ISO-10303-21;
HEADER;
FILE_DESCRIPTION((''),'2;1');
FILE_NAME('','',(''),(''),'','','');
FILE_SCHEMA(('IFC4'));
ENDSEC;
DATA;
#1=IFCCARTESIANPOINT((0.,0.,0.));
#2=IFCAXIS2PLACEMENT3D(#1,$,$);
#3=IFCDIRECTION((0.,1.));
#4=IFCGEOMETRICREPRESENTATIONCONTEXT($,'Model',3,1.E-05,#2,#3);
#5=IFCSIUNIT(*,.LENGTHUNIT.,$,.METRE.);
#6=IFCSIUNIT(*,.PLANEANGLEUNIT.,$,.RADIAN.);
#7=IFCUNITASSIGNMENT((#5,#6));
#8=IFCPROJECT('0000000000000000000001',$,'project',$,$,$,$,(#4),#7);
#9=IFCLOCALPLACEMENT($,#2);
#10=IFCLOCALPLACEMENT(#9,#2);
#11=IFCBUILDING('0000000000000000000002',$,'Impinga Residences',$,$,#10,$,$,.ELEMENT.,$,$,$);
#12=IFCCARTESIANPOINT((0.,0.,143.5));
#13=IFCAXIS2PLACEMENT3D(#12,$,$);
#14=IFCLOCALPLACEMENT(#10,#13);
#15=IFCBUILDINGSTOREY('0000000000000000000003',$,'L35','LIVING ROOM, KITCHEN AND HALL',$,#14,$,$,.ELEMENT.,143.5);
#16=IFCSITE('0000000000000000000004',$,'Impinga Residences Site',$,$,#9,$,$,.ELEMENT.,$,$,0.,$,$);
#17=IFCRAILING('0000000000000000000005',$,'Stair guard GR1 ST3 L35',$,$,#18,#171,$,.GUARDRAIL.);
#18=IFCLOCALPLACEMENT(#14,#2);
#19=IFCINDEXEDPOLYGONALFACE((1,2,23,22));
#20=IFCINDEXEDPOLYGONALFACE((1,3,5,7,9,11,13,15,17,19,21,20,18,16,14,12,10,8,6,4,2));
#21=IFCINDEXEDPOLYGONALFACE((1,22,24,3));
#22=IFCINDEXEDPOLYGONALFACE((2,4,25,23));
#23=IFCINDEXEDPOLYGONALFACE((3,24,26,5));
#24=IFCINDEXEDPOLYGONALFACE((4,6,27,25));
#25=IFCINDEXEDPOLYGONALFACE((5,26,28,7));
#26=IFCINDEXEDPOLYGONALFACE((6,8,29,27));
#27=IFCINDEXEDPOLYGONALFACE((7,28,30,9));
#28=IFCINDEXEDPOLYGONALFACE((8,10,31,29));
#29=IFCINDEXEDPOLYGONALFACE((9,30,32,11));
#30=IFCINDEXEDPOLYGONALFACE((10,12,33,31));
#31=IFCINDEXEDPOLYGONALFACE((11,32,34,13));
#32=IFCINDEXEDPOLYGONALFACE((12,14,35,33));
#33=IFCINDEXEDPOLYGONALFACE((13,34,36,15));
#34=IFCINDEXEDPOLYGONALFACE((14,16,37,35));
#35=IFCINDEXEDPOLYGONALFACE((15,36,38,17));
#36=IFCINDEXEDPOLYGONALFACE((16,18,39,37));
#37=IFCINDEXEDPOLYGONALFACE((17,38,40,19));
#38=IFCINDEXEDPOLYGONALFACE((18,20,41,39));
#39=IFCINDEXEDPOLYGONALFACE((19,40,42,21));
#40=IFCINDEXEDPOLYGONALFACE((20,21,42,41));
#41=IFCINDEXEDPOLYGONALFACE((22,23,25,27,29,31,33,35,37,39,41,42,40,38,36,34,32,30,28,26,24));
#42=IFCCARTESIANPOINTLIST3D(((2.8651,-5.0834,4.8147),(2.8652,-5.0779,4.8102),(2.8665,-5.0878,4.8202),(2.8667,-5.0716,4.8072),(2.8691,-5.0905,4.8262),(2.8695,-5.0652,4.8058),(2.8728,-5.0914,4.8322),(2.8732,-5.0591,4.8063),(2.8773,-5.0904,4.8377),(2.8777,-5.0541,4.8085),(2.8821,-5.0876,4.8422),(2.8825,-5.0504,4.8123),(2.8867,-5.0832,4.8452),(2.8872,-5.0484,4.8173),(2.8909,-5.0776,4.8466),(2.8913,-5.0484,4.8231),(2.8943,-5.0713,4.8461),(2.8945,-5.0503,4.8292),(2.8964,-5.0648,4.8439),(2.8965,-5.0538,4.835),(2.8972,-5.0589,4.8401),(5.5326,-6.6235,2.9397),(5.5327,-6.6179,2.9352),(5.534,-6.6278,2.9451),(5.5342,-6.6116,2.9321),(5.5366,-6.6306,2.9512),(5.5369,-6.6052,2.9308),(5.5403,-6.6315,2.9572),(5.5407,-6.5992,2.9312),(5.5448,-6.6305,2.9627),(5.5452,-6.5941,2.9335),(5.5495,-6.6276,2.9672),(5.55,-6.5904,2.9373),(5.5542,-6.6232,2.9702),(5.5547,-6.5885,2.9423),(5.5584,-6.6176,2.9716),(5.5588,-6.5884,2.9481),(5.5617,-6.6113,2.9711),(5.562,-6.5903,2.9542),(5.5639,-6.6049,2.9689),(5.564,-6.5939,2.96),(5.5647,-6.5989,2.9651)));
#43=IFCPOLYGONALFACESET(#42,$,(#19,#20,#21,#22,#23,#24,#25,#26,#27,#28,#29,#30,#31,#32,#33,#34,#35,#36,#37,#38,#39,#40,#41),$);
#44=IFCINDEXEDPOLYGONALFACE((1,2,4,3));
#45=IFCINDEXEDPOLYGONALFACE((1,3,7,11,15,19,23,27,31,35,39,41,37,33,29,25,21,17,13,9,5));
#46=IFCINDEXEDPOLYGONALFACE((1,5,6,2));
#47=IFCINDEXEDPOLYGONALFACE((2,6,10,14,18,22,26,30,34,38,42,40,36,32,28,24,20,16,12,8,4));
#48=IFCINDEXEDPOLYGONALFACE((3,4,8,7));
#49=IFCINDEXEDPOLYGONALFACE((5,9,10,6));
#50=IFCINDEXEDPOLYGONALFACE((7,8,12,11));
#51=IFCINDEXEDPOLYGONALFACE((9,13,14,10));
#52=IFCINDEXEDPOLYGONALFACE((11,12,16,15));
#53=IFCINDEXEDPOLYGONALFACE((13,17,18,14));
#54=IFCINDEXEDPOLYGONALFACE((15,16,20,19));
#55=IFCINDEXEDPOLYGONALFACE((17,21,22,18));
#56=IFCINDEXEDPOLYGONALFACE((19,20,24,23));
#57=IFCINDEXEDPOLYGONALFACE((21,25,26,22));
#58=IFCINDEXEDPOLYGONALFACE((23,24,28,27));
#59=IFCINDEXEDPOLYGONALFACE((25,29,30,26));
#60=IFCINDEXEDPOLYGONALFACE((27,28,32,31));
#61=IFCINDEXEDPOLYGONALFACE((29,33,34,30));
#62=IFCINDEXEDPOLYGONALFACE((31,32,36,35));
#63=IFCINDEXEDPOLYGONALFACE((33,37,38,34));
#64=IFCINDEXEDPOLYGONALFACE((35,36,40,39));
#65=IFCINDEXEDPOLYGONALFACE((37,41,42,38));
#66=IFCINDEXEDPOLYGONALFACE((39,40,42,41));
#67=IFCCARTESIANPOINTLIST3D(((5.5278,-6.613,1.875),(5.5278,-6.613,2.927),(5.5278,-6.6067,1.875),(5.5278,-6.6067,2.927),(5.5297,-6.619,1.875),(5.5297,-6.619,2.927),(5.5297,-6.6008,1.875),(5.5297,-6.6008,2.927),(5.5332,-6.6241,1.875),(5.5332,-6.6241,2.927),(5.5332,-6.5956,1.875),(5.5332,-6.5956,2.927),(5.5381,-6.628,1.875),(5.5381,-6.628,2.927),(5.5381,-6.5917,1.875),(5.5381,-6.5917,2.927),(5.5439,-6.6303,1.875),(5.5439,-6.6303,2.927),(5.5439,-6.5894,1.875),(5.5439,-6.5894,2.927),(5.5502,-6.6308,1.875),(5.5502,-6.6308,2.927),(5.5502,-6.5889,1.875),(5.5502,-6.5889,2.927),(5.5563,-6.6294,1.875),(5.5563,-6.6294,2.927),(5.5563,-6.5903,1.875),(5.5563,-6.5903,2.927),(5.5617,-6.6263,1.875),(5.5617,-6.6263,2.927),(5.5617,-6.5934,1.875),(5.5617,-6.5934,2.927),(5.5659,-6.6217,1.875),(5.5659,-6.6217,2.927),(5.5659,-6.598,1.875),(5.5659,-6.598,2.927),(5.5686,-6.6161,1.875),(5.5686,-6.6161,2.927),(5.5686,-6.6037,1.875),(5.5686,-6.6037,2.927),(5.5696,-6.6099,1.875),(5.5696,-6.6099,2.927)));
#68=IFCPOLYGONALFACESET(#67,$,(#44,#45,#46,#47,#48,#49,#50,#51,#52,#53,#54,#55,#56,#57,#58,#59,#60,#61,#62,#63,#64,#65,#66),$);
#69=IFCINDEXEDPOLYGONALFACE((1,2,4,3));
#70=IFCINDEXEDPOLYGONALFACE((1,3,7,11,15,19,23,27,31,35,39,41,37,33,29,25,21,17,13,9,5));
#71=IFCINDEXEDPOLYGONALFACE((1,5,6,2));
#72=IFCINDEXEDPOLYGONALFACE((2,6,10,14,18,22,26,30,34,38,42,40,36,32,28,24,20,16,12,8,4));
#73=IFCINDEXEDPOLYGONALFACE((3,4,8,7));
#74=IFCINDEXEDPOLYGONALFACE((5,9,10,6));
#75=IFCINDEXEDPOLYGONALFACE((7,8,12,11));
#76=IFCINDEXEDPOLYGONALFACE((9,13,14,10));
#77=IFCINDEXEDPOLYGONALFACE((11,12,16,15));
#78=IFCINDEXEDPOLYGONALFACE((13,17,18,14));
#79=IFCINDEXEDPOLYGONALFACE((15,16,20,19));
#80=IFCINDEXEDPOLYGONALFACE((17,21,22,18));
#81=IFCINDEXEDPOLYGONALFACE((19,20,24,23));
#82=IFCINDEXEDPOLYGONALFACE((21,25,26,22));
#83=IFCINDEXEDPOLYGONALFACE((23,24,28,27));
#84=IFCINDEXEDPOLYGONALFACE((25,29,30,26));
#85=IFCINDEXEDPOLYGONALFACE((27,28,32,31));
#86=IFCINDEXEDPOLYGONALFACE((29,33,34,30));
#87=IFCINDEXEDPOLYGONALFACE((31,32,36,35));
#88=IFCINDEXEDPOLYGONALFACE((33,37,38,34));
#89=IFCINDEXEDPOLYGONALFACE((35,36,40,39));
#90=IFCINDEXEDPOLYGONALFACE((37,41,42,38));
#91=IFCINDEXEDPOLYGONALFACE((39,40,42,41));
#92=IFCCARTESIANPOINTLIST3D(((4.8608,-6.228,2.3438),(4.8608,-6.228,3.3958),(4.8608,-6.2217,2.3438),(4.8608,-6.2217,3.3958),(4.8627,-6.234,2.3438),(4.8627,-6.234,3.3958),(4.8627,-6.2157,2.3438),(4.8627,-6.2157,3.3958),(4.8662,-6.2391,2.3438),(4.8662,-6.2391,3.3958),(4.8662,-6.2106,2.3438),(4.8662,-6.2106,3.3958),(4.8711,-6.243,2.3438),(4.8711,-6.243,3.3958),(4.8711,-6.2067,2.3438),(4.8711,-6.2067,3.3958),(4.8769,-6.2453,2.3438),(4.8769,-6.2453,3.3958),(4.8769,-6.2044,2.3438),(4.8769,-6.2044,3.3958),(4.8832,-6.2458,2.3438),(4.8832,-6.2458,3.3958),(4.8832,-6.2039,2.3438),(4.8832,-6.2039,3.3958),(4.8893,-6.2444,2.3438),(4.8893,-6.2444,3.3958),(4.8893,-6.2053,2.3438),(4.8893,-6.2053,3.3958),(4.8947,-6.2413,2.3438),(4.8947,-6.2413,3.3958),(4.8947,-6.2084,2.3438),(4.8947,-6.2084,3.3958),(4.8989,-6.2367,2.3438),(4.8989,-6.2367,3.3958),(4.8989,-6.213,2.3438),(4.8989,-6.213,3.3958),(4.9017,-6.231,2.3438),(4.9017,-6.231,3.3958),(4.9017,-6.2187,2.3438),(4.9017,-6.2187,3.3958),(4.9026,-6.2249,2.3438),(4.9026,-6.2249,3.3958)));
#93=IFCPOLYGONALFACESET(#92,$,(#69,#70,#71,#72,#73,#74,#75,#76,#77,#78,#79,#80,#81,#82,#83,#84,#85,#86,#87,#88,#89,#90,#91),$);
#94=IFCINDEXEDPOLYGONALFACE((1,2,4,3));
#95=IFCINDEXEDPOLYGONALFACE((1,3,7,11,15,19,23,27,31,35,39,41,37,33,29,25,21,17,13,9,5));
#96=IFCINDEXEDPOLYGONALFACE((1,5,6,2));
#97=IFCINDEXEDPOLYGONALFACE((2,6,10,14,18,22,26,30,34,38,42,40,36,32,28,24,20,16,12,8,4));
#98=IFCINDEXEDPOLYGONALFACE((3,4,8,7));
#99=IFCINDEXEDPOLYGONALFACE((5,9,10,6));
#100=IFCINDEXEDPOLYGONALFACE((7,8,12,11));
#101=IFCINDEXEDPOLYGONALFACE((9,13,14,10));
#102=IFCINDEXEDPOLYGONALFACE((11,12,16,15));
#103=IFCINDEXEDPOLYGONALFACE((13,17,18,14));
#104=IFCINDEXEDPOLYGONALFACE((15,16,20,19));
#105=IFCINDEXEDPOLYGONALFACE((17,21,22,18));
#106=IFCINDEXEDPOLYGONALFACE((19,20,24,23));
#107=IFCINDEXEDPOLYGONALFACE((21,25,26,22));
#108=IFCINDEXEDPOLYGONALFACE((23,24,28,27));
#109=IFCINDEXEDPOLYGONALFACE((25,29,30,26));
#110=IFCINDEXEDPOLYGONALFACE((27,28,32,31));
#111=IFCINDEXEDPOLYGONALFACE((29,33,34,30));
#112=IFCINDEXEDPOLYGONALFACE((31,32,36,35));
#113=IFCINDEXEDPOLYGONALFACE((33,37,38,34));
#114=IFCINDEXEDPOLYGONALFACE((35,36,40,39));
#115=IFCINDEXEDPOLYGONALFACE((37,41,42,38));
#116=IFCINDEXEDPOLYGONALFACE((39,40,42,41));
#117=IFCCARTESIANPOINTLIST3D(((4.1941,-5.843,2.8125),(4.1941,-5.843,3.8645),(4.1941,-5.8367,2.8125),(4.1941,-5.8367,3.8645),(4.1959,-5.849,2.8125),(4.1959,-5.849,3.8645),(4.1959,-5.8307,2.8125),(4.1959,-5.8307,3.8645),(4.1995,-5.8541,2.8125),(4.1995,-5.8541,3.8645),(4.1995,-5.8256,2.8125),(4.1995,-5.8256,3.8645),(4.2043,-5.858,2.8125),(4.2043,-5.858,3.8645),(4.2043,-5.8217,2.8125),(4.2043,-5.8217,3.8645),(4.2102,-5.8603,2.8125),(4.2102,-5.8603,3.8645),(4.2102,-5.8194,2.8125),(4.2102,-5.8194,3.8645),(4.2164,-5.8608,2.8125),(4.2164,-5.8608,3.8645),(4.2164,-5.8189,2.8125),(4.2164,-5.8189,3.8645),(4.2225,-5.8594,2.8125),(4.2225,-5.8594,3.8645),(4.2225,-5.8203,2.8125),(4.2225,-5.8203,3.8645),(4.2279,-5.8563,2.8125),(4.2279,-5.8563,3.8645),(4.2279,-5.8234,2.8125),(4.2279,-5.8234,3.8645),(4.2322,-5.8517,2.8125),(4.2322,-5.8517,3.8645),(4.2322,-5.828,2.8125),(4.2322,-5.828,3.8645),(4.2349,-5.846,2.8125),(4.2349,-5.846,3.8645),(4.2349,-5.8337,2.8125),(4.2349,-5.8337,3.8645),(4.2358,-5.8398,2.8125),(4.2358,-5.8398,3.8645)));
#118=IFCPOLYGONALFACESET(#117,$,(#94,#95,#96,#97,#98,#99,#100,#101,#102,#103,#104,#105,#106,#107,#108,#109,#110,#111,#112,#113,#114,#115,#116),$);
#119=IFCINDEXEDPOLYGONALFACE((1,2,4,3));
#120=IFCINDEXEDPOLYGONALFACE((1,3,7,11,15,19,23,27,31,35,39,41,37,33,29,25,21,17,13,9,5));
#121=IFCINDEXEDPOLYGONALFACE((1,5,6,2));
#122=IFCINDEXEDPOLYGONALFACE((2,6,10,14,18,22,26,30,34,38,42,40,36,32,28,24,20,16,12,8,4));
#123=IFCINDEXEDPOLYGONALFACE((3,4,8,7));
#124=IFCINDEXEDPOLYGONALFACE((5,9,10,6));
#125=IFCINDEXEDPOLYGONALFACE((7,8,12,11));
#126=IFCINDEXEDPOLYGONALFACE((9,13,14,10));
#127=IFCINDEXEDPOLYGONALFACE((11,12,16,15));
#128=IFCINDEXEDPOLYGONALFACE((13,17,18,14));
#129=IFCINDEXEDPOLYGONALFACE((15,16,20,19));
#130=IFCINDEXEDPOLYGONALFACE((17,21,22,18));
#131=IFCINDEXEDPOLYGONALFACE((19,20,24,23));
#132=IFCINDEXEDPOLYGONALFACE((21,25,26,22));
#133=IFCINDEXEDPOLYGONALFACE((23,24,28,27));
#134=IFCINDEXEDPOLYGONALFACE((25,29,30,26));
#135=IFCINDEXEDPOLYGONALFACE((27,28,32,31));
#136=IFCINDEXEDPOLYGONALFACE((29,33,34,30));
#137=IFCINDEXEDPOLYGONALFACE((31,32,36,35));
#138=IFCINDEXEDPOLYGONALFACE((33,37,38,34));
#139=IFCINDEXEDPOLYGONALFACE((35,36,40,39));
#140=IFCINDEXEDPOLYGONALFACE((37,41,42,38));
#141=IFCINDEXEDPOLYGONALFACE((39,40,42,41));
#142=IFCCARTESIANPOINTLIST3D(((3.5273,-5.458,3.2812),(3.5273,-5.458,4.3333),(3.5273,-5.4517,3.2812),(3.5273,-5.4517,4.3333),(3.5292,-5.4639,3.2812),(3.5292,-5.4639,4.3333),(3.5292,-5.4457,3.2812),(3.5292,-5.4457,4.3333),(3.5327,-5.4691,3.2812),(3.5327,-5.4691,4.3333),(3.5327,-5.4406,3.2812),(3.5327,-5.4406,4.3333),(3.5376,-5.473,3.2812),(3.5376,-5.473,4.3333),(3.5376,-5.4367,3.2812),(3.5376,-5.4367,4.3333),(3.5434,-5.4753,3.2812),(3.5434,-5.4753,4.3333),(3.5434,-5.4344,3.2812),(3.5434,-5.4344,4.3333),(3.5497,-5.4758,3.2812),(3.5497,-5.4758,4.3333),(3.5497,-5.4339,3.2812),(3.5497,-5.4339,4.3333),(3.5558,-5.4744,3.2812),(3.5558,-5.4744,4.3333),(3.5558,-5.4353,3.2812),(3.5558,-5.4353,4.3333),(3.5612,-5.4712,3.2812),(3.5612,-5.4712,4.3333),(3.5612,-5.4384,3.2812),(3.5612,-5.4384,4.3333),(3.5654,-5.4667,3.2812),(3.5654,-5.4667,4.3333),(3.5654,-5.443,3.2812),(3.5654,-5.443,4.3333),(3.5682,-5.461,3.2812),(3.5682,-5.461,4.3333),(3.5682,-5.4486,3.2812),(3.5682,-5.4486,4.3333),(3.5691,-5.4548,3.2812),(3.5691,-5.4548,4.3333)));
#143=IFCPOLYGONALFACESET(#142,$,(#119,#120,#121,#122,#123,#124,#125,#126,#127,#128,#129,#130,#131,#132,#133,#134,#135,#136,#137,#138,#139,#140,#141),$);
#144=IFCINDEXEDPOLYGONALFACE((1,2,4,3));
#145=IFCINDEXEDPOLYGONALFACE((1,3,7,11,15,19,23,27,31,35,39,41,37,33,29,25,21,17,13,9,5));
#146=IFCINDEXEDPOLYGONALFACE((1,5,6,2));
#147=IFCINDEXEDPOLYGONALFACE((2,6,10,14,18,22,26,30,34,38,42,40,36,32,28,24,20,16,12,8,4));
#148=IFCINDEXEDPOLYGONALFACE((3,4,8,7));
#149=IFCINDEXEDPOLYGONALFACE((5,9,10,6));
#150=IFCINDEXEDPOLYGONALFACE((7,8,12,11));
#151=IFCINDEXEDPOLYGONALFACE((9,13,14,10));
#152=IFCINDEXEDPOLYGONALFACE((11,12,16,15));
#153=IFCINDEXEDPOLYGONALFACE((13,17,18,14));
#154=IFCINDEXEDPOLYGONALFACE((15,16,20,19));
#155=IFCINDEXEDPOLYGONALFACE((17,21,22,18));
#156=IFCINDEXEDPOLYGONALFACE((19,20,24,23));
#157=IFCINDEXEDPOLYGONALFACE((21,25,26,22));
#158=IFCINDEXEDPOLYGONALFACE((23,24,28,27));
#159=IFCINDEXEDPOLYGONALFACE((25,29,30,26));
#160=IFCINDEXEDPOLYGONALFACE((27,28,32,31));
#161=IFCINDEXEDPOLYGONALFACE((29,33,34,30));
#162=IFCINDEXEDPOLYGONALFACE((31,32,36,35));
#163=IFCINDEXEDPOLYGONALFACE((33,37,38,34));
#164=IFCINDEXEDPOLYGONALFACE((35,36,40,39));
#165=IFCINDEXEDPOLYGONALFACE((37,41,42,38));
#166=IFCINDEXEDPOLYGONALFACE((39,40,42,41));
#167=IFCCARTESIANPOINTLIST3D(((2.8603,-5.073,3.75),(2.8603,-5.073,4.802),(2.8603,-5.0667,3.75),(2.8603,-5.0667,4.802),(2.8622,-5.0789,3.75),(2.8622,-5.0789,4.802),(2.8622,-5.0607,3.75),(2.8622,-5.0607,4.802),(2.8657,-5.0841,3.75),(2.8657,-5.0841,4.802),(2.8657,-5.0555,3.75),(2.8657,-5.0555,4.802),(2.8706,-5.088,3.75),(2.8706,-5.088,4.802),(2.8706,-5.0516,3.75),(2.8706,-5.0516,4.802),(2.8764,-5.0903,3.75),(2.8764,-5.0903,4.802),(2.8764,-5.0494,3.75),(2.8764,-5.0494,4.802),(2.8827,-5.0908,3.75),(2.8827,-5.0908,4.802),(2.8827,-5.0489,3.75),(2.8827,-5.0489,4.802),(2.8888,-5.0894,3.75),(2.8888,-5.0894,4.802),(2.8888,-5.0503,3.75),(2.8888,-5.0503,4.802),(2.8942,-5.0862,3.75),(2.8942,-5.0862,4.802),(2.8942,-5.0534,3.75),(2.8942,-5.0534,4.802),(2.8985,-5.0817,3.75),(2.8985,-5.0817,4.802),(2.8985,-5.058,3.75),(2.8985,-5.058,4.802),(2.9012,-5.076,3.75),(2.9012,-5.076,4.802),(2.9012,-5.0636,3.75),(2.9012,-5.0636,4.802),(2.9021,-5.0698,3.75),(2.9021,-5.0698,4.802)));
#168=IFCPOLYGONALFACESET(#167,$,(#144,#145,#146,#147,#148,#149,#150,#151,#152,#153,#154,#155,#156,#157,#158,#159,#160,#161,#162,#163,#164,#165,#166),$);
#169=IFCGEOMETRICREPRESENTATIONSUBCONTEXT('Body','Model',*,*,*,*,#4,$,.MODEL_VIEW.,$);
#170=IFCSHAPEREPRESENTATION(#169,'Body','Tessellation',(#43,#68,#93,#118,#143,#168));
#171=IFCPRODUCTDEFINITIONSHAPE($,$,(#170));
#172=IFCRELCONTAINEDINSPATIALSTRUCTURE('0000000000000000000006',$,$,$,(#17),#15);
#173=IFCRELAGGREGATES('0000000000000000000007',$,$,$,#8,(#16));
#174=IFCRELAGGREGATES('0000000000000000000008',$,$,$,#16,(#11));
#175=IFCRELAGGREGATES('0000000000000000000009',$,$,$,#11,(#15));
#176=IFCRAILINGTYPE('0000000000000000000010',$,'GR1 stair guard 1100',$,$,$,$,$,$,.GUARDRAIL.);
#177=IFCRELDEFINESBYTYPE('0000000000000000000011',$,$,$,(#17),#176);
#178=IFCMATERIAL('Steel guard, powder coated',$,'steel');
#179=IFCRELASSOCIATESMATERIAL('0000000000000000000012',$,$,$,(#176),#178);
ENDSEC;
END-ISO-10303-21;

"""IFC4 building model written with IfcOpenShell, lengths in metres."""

from ifc_helpers import new_model, si_unit, direction, frame, origin, origin_2d, place, context, subcontext, project, spatial, circle, extrude, material, type_object, element, save


model = new_model("IFC4")

# Units and contexts
model_context = context("Model", 3, precision=1e-05, world=origin(), true_north=direction((0.0, 1.0)))
body_context = subcontext(model_context, "Body", "Model", "MODEL_VIEW")
ifc_project = project(units=[si_unit("LENGTHUNIT", "METRE"), si_unit("PLANEANGLEUNIT", "RADIAN")], contexts=[model_context])

# Site, building, storey
site_placement = place(None, origin())
site = spatial("IfcSite", under=ifc_project, at=site_placement, Name="Impinga Residences Site", CompositionType="ELEMENT", RefElevation=0.0)
building_placement = place(site_placement, origin())
building = spatial("IfcBuilding", under=site, at=building_placement, Name="Impinga Residences", CompositionType="ELEMENT")
storey_placement = place(building_placement, frame((0.0, 0.0, 143.5)))
storey = spatial("IfcBuildingStorey", under=building, at=storey_placement, Name="L35", Description="LIVING ROOM, KITCHEN AND HALL", CompositionType="ELEMENT", Elevation=143.5)

# Railing
ifc_material_1 = material(Name="Steel guard, powder coated", Category="steel")
railing_type_1 = type_object("IfcRailingType", Name="GR1 stair guard 1100", PredefinedType="GUARDRAIL", material=ifc_material_1)
railing_1_placement = place(storey_placement, frame((5.5486, -6.6099, 1.875)))
element("IfcRailing", 1, at=railing_1_placement, inside=storey, type_object=railing_type_1, Name="Stair guard GR1 ST3 L35", PredefinedType="GUARDRAIL", context=body_context, shape_type="SweptSolid", body=[
    extrude(circle(Radius=0.0239, at=origin_2d()), frame((0.0, 0.0, 1.0762), z_axis=(-0.739746, 0.427084, 0.519975), x_axis=(-0.499992, -0.86603, 0.0)), (0.0, 0.0, 1.0), 3.606),
    extrude(circle(Radius=0.021, at=origin_2d()), origin(), (0.0, 0.0, 1.0), 1.052),
    extrude(circle(Radius=0.021, at=origin_2d()), frame((-0.667, 0.385, 0.4688)), (0.0, 0.0, 1.0), 1.052),
    extrude(circle(Radius=0.021, at=origin_2d()), frame((-1.3337, 0.77, 0.9375)), (0.0, 0.0, 1.0), 1.052),
    extrude(circle(Radius=0.021, at=origin_2d()), frame((-2.0005, 1.155, 1.4062)), (0.0, 0.0, 1.0), 1.052),
    extrude(circle(Radius=0.021, at=origin_2d()), frame((-2.6675, 1.54, 1.875)), (0.0, 0.0, 1.0), 1.052),
])

save(model, "model.ifc")
